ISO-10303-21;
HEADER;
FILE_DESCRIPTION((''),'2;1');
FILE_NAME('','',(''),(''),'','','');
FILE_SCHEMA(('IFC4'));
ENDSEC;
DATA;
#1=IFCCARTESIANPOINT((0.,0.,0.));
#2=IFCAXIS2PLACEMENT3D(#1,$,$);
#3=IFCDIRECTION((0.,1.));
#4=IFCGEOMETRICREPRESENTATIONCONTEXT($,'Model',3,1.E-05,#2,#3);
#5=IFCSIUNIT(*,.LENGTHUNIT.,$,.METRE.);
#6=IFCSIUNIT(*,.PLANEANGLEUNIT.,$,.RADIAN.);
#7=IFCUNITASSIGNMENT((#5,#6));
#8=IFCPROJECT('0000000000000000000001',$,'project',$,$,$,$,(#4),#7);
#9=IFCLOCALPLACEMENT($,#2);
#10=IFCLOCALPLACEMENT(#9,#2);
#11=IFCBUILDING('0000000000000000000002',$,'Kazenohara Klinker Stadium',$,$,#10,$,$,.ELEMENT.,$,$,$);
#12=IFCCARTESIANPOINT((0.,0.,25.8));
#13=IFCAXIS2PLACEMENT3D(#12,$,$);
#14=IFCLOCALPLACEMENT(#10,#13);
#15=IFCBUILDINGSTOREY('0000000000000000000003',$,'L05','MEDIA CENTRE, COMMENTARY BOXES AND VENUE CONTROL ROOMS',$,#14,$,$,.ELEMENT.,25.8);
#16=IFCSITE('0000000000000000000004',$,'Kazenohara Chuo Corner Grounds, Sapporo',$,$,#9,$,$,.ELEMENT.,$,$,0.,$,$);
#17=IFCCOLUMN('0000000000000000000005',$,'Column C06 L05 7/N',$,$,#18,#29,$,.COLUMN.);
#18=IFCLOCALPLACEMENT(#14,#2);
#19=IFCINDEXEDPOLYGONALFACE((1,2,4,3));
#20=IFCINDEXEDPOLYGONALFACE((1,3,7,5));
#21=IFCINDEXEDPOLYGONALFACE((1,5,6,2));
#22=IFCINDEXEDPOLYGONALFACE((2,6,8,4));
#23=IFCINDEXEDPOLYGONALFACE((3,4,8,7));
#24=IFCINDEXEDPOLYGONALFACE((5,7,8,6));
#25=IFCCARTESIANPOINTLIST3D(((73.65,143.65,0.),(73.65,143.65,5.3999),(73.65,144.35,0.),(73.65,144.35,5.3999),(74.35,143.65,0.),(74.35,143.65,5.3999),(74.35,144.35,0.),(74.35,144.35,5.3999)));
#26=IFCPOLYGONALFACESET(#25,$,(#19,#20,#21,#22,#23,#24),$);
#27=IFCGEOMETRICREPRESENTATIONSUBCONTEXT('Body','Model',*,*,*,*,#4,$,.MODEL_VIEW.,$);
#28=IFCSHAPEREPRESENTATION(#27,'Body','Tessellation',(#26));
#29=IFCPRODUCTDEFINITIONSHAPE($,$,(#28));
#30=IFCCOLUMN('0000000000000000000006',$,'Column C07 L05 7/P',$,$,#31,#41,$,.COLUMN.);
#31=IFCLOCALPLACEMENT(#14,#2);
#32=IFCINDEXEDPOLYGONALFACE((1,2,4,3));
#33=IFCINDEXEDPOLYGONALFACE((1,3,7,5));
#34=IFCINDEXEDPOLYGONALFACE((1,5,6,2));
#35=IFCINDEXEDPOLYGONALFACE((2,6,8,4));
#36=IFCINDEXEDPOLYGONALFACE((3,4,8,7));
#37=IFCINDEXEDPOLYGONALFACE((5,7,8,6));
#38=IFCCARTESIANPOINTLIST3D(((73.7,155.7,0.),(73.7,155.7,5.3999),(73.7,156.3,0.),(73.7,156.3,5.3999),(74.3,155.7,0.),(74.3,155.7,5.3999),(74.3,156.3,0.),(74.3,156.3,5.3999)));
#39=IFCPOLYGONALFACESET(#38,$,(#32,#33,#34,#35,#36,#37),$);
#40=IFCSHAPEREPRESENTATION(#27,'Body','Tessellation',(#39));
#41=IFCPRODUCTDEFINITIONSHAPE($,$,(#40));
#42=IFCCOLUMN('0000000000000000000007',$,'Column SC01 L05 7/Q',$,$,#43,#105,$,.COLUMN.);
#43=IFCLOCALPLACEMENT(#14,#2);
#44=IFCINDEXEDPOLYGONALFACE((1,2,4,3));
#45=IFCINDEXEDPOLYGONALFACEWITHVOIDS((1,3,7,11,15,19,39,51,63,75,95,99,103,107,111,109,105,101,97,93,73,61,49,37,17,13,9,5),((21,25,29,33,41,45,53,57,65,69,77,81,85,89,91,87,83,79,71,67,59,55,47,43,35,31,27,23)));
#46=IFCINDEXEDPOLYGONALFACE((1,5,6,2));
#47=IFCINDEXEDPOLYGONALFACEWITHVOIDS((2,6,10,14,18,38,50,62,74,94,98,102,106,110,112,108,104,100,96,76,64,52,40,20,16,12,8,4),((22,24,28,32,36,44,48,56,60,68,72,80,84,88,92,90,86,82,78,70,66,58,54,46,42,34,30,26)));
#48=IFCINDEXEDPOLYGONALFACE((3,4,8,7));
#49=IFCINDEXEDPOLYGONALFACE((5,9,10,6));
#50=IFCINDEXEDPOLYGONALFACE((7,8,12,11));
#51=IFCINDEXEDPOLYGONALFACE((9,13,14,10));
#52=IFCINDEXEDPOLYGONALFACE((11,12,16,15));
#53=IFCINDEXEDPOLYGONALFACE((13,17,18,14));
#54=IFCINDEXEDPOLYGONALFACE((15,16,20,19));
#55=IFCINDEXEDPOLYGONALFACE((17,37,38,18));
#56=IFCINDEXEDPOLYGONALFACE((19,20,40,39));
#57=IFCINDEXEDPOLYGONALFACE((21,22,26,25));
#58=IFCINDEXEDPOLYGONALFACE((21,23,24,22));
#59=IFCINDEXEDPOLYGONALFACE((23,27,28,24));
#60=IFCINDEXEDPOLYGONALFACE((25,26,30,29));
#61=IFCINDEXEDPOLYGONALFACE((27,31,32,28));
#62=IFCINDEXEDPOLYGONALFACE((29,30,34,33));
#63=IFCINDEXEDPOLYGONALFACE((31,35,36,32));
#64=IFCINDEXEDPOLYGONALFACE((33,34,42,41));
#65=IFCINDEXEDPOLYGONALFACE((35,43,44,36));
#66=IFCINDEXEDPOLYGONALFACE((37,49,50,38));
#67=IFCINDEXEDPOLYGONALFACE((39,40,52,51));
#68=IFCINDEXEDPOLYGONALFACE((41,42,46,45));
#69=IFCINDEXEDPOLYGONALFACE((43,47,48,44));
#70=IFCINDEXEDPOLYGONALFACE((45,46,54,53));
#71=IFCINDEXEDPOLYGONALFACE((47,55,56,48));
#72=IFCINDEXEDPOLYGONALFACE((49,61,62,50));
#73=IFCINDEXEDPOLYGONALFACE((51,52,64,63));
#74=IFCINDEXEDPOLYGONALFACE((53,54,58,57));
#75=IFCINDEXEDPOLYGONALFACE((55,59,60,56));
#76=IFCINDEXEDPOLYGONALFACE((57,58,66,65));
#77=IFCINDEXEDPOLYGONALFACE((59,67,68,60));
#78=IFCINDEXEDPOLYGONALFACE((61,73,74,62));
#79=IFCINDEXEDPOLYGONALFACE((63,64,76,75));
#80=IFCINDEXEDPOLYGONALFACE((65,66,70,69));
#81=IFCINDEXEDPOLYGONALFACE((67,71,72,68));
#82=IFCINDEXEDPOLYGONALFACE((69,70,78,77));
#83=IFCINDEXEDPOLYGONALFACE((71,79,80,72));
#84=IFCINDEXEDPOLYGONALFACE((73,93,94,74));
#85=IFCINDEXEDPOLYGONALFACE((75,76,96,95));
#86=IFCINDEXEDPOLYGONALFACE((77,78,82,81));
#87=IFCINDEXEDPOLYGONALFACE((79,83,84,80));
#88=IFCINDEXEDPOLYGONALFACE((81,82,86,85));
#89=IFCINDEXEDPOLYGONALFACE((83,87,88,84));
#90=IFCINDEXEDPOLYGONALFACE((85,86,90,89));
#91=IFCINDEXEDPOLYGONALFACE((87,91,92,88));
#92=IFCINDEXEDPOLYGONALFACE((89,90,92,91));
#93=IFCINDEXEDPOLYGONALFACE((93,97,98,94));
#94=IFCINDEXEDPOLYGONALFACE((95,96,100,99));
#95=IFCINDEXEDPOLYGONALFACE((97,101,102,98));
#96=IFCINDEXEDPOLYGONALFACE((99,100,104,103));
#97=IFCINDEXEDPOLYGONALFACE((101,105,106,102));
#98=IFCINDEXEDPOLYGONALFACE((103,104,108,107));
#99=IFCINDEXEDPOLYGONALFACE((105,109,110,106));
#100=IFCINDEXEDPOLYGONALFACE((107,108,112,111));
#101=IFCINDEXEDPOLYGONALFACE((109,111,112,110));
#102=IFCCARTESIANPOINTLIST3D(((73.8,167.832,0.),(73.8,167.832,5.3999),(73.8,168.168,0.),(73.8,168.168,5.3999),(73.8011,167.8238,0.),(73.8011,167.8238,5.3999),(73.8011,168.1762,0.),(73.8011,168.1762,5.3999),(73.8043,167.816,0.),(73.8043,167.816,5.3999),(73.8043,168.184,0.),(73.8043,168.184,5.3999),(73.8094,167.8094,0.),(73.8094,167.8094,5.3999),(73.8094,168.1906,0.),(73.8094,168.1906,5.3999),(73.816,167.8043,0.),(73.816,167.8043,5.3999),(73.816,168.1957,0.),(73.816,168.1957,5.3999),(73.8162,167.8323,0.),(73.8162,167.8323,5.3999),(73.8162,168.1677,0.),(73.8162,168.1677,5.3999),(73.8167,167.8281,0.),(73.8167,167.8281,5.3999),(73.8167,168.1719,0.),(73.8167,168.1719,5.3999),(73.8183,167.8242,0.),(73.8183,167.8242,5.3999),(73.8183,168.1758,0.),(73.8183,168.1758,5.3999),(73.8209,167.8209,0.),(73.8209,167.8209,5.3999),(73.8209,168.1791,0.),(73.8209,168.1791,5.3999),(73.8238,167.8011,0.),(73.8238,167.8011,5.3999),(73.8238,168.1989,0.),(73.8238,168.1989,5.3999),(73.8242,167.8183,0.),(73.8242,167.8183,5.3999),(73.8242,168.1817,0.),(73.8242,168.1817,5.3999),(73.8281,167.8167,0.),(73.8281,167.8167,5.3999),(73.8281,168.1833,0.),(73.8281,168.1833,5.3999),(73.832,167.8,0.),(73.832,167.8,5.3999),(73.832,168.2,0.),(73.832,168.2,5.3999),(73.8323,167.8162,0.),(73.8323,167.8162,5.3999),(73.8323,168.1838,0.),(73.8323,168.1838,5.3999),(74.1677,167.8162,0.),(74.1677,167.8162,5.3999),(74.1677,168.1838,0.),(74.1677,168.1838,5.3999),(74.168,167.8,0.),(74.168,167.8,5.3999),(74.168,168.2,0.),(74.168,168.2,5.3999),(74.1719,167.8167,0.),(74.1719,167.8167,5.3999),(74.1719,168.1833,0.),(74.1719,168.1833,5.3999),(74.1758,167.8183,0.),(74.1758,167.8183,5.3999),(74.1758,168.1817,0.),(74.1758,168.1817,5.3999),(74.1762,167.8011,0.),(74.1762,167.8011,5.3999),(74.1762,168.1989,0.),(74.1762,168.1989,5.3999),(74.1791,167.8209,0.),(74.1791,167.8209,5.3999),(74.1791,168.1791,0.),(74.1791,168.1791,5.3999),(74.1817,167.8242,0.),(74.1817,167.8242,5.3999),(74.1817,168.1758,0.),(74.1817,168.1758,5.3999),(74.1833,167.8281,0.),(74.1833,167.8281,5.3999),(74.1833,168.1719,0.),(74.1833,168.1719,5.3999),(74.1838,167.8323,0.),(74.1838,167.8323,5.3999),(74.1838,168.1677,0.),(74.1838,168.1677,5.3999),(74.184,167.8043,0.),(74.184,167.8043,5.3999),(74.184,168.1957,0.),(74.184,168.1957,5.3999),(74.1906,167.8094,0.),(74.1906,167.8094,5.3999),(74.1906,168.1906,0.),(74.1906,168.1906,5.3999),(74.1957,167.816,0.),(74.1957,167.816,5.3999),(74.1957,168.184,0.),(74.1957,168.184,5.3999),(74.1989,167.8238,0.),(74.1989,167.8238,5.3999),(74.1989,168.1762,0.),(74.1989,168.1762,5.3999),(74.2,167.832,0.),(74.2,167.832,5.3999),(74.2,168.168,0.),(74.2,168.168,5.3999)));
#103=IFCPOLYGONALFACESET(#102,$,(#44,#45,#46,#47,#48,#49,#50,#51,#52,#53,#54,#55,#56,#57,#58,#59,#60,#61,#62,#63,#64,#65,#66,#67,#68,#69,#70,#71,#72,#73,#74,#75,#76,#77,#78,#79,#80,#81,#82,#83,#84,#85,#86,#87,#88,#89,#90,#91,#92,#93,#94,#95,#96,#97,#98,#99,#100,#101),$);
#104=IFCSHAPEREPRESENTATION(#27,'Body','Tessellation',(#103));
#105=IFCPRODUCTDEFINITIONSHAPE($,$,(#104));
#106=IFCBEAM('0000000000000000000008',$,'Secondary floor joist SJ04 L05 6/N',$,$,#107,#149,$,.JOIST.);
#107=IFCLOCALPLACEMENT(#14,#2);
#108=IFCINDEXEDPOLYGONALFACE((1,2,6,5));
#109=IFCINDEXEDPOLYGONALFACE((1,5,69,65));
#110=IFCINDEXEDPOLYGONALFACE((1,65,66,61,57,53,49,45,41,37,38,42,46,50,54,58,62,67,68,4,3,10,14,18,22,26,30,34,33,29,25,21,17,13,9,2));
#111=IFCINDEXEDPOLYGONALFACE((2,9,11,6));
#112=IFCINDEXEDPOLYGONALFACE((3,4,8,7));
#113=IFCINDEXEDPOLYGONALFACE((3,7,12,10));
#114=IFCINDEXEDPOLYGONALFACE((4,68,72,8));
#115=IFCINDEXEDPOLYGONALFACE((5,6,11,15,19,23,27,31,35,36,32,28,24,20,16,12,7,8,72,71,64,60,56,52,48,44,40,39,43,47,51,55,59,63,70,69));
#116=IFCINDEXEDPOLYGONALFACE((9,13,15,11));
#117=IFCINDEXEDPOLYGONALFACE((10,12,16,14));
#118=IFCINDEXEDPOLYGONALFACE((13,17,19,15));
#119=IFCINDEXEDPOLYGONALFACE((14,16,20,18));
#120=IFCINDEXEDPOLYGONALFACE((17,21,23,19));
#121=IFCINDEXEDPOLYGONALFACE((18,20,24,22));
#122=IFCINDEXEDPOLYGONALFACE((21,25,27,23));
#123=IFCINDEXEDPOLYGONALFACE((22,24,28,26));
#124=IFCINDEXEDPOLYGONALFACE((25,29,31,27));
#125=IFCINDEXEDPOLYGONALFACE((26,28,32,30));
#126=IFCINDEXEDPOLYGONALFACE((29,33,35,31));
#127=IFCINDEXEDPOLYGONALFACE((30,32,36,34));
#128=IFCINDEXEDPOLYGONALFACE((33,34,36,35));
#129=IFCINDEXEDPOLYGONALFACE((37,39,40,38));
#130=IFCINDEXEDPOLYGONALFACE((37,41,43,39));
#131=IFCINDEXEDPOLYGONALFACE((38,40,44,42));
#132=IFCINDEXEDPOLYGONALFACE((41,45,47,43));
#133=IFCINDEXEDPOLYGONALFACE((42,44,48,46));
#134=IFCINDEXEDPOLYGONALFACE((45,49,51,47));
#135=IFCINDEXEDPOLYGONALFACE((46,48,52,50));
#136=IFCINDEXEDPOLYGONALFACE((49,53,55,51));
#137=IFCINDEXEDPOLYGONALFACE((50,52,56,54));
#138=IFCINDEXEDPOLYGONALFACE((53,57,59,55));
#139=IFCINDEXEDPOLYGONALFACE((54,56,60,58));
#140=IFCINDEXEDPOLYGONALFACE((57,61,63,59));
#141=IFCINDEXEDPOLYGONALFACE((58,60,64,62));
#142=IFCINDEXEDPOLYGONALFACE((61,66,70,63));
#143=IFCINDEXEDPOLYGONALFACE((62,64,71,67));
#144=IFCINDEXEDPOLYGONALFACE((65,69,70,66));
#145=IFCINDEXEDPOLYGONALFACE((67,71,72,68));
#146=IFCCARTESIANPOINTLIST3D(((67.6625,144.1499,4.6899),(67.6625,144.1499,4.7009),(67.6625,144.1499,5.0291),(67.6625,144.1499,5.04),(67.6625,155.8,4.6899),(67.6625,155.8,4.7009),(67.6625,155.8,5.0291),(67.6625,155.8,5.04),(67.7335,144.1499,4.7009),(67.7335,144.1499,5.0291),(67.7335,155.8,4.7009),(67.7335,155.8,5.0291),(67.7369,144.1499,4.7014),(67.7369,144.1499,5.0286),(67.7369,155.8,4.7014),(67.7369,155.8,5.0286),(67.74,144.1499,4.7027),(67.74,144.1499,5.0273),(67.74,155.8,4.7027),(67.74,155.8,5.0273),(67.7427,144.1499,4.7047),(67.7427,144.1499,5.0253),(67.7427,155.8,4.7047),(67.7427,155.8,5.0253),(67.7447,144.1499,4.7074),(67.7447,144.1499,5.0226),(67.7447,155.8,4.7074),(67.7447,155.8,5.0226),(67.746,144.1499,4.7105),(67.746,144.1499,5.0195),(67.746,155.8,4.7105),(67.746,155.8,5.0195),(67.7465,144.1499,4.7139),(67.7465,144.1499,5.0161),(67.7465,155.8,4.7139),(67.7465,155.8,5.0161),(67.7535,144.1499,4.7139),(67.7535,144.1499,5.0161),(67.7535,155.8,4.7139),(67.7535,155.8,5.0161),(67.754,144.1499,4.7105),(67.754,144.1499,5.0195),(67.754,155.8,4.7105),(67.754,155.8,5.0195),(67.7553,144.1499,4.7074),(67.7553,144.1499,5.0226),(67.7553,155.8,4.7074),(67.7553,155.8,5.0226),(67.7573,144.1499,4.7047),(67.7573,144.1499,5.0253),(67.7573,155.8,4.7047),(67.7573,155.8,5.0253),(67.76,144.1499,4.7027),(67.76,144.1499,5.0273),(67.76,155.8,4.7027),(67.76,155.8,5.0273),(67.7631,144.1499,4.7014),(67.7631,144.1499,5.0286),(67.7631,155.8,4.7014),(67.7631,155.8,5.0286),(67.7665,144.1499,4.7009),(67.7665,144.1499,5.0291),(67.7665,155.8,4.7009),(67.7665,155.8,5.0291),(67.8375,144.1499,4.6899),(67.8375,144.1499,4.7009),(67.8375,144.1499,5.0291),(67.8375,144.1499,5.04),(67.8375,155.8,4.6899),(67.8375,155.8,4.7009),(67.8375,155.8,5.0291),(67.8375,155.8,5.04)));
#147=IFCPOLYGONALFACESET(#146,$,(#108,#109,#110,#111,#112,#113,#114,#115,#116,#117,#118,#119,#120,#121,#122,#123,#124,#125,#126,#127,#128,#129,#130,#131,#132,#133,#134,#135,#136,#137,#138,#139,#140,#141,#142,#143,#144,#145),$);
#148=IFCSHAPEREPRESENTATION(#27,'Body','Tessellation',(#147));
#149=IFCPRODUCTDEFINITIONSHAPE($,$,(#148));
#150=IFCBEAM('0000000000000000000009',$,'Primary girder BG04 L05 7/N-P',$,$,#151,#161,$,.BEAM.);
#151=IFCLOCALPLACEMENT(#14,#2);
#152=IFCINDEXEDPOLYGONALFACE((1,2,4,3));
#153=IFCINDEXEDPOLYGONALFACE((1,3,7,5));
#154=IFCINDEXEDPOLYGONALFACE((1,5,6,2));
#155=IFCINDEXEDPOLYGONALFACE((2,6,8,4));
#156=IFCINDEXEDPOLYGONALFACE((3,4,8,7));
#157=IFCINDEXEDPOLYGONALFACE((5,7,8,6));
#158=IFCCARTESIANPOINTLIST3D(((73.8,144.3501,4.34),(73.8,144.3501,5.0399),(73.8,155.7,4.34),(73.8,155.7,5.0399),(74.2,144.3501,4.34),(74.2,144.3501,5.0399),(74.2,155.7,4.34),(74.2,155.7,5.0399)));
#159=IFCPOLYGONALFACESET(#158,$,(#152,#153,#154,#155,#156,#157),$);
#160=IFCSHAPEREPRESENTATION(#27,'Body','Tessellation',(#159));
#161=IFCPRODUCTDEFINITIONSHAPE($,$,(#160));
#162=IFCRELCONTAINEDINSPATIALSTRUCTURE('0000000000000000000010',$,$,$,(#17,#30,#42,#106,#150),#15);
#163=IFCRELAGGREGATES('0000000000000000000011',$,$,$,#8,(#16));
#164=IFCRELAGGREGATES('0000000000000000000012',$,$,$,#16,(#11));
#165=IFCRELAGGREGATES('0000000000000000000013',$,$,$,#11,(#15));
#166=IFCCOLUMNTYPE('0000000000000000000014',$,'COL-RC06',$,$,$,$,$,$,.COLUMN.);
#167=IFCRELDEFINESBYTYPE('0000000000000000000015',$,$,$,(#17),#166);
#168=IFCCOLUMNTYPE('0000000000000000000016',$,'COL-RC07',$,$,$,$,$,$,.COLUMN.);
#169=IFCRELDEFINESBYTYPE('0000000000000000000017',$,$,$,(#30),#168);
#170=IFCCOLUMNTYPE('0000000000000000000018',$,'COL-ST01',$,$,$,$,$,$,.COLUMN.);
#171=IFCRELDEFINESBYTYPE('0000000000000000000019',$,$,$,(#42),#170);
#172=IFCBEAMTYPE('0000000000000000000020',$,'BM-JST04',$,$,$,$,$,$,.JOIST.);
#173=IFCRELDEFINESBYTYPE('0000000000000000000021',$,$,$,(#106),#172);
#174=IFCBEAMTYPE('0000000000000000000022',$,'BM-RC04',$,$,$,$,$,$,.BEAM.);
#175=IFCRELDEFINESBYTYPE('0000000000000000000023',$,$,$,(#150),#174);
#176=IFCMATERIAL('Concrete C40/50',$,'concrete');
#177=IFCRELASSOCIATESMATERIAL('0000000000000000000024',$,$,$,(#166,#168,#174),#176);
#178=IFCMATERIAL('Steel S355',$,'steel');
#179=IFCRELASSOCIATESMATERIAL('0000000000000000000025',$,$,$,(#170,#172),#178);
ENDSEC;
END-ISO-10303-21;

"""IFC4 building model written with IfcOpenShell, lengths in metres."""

from ifc_helpers import new_model, si_unit, direction, frame, origin, origin_2d, place, context, subcontext, project, spatial, rectangle, hollow_rectangle, i_section, extrude, material, material_profile, profile_set, type_object, element, save


model = new_model("IFC4")

# Units and contexts
model_context = context("Model", 3, precision=1e-05, world=origin(), true_north=direction((0.0, 1.0)))
body_context = subcontext(model_context, "Body", "Model", "MODEL_VIEW")
ifc_project = project(units=[si_unit("LENGTHUNIT", "METRE"), si_unit("PLANEANGLEUNIT", "RADIAN")], contexts=[model_context])

# Site, building, storey
site_placement = place(None, origin())
site = spatial("IfcSite", under=ifc_project, at=site_placement, Name="Kazenohara Chuo Corner Grounds, Sapporo", CompositionType="ELEMENT", RefElevation=0.0)
building_placement = place(site_placement, origin())
building = spatial("IfcBuilding", under=site, at=building_placement, Name="Kazenohara Klinker Stadium", CompositionType="ELEMENT")
storey_placement = place(building_placement, frame((0.0, 0.0, 25.8)))
storey = spatial("IfcBuildingStorey", under=building, at=storey_placement, Name="L05", Description="MEDIA CENTRE, COMMENTARY BOXES AND VENUE CONTROL ROOMS", CompositionType="ELEMENT", Elevation=25.8)

# Columns
ifc_material_1 = material(Name="Concrete C40/50", Category="concrete")
ifc_material_profile_1 = material_profile(ifc_material_1, rectangle(XDim=0.7, YDim=0.7, at=origin_2d()), Name="RC-COL-700x700")
ifc_profile_set_1 = profile_set([ifc_material_profile_1], Name="Concrete C40/50")
column_type_1 = type_object("IfcColumnType", Name="COL-RC06", PredefinedType="COLUMN", material=ifc_profile_set_1)
column_1_placement = place(storey_placement, frame((74.0, 144.0, 0.0), z_axis=(0.0, 0.0, 1.0), x_axis=(1.0, 0.0, 0.0)))
element("IfcColumn", 1, at=column_1_placement, inside=storey, type_object=column_type_1, Name="Column C06 L05 7/N", PredefinedType="COLUMN", context=body_context, shape_type="SweptSolid", body=[
    extrude(rectangle(XDim=0.7, YDim=0.7, at=origin_2d()), origin(), (0.0, 0.0, 1.0), 5.3999),
])
ifc_material_profile_2 = material_profile(ifc_material_1, rectangle(XDim=0.6001, YDim=0.6001, at=origin_2d()), Name="RC-COL-600x600")
ifc_profile_set_2 = profile_set([ifc_material_profile_2], Name="Concrete C40/50")
column_type_2 = type_object("IfcColumnType", Name="COL-RC07", PredefinedType="COLUMN", material=ifc_profile_set_2)
column_2_placement = place(storey_placement, frame((74.0, 156.0, 0.0), z_axis=(0.0, 0.0, 1.0), x_axis=(1.0, 0.0, 0.0)))
element("IfcColumn", 2, at=column_2_placement, inside=storey, type_object=column_type_2, Name="Column C07 L05 7/P", PredefinedType="COLUMN", context=body_context, shape_type="SweptSolid", body=[
    extrude(rectangle(XDim=0.6001, YDim=0.6001, at=origin_2d()), origin(), (0.0, 0.0, 1.0), 5.3999),
])
ifc_material_2 = material(Name="Steel S355", Category="steel")
ifc_material_profile_3 = material_profile(ifc_material_2, hollow_rectangle(XDim=0.3999, YDim=0.3999, WallThickness=0.0161, InnerFilletRadius=0.0161, OuterFilletRadius=0.032, at=origin_2d()), Name="SHS-400x400x16")
ifc_profile_set_3 = profile_set([ifc_material_profile_3], Name="Steel S355")
column_type_3 = type_object("IfcColumnType", Name="COL-ST01", PredefinedType="COLUMN", material=ifc_profile_set_3)
column_3_placement = place(storey_placement, frame((74.0, 168.0, 0.0), z_axis=(0.0, 0.0, 1.0), x_axis=(1.0, 0.0, 0.0)))
element("IfcColumn", 3, at=column_3_placement, inside=storey, type_object=column_type_3, Name="Column SC01 L05 7/Q", PredefinedType="COLUMN", context=body_context, shape_type="SweptSolid", body=[
    extrude(hollow_rectangle(XDim=0.3999, YDim=0.3999, WallThickness=0.0161, InnerFilletRadius=0.0161, OuterFilletRadius=0.032, at=origin_2d()), origin(), (0.0, 0.0, 1.0), 5.3999),
])

# Beams
ifc_material_profile_4 = material_profile(ifc_material_2, i_section(OverallWidth=0.175, OverallDepth=0.3501, WebThickness=0.0071, FlangeThickness=0.011, FilletRadius=0.0129, at=origin_2d()), Name="H-350x175x7x11")
ifc_profile_set_4 = profile_set([ifc_material_profile_4], Name="Steel S355")
beam_type_1 = type_object("IfcBeamType", Name="BM-JST04", PredefinedType="JOIST", material=ifc_profile_set_4)
beam_1_placement = place(storey_placement, frame((67.75, 144.1499, 4.865), z_axis=(0.0, 1.0, 0.0), x_axis=(-1.0, 0.0, 0.0)))
element("IfcBeam", 4, at=beam_1_placement, inside=storey, type_object=beam_type_1, Name="Secondary floor joist SJ04 L05 6/N", PredefinedType="JOIST", context=body_context, shape_type="SweptSolid", body=[
    extrude(i_section(OverallWidth=0.175, OverallDepth=0.3501, WebThickness=0.0071, FlangeThickness=0.011, FilletRadius=0.0129, at=origin_2d()), origin(), (0.0, 0.0, 1.0), 11.6501),
])
ifc_material_profile_5 = material_profile(ifc_material_1, rectangle(XDim=0.3999, YDim=0.7, at=origin_2d()), Name="RC-BM-400x700")
ifc_profile_set_5 = profile_set([ifc_material_profile_5], Name="Concrete C40/50")
beam_type_2 = type_object("IfcBeamType", Name="BM-RC04", PredefinedType="BEAM", material=ifc_profile_set_5)
beam_2_placement = place(storey_placement, frame((74.0, 144.3501, 4.6899), z_axis=(0.0, 1.0, 0.0), x_axis=(-1.0, 0.0, 0.0)))
element("IfcBeam", 5, at=beam_2_placement, inside=storey, type_object=beam_type_2, Name="Primary girder BG04 L05 7/N-P", PredefinedType="BEAM", context=body_context, shape_type="SweptSolid", body=[
    extrude(rectangle(XDim=0.3999, YDim=0.7, at=origin_2d()), origin(), (0.0, 0.0, 1.0), 11.3499),
])

save(model, "model.ifc")
